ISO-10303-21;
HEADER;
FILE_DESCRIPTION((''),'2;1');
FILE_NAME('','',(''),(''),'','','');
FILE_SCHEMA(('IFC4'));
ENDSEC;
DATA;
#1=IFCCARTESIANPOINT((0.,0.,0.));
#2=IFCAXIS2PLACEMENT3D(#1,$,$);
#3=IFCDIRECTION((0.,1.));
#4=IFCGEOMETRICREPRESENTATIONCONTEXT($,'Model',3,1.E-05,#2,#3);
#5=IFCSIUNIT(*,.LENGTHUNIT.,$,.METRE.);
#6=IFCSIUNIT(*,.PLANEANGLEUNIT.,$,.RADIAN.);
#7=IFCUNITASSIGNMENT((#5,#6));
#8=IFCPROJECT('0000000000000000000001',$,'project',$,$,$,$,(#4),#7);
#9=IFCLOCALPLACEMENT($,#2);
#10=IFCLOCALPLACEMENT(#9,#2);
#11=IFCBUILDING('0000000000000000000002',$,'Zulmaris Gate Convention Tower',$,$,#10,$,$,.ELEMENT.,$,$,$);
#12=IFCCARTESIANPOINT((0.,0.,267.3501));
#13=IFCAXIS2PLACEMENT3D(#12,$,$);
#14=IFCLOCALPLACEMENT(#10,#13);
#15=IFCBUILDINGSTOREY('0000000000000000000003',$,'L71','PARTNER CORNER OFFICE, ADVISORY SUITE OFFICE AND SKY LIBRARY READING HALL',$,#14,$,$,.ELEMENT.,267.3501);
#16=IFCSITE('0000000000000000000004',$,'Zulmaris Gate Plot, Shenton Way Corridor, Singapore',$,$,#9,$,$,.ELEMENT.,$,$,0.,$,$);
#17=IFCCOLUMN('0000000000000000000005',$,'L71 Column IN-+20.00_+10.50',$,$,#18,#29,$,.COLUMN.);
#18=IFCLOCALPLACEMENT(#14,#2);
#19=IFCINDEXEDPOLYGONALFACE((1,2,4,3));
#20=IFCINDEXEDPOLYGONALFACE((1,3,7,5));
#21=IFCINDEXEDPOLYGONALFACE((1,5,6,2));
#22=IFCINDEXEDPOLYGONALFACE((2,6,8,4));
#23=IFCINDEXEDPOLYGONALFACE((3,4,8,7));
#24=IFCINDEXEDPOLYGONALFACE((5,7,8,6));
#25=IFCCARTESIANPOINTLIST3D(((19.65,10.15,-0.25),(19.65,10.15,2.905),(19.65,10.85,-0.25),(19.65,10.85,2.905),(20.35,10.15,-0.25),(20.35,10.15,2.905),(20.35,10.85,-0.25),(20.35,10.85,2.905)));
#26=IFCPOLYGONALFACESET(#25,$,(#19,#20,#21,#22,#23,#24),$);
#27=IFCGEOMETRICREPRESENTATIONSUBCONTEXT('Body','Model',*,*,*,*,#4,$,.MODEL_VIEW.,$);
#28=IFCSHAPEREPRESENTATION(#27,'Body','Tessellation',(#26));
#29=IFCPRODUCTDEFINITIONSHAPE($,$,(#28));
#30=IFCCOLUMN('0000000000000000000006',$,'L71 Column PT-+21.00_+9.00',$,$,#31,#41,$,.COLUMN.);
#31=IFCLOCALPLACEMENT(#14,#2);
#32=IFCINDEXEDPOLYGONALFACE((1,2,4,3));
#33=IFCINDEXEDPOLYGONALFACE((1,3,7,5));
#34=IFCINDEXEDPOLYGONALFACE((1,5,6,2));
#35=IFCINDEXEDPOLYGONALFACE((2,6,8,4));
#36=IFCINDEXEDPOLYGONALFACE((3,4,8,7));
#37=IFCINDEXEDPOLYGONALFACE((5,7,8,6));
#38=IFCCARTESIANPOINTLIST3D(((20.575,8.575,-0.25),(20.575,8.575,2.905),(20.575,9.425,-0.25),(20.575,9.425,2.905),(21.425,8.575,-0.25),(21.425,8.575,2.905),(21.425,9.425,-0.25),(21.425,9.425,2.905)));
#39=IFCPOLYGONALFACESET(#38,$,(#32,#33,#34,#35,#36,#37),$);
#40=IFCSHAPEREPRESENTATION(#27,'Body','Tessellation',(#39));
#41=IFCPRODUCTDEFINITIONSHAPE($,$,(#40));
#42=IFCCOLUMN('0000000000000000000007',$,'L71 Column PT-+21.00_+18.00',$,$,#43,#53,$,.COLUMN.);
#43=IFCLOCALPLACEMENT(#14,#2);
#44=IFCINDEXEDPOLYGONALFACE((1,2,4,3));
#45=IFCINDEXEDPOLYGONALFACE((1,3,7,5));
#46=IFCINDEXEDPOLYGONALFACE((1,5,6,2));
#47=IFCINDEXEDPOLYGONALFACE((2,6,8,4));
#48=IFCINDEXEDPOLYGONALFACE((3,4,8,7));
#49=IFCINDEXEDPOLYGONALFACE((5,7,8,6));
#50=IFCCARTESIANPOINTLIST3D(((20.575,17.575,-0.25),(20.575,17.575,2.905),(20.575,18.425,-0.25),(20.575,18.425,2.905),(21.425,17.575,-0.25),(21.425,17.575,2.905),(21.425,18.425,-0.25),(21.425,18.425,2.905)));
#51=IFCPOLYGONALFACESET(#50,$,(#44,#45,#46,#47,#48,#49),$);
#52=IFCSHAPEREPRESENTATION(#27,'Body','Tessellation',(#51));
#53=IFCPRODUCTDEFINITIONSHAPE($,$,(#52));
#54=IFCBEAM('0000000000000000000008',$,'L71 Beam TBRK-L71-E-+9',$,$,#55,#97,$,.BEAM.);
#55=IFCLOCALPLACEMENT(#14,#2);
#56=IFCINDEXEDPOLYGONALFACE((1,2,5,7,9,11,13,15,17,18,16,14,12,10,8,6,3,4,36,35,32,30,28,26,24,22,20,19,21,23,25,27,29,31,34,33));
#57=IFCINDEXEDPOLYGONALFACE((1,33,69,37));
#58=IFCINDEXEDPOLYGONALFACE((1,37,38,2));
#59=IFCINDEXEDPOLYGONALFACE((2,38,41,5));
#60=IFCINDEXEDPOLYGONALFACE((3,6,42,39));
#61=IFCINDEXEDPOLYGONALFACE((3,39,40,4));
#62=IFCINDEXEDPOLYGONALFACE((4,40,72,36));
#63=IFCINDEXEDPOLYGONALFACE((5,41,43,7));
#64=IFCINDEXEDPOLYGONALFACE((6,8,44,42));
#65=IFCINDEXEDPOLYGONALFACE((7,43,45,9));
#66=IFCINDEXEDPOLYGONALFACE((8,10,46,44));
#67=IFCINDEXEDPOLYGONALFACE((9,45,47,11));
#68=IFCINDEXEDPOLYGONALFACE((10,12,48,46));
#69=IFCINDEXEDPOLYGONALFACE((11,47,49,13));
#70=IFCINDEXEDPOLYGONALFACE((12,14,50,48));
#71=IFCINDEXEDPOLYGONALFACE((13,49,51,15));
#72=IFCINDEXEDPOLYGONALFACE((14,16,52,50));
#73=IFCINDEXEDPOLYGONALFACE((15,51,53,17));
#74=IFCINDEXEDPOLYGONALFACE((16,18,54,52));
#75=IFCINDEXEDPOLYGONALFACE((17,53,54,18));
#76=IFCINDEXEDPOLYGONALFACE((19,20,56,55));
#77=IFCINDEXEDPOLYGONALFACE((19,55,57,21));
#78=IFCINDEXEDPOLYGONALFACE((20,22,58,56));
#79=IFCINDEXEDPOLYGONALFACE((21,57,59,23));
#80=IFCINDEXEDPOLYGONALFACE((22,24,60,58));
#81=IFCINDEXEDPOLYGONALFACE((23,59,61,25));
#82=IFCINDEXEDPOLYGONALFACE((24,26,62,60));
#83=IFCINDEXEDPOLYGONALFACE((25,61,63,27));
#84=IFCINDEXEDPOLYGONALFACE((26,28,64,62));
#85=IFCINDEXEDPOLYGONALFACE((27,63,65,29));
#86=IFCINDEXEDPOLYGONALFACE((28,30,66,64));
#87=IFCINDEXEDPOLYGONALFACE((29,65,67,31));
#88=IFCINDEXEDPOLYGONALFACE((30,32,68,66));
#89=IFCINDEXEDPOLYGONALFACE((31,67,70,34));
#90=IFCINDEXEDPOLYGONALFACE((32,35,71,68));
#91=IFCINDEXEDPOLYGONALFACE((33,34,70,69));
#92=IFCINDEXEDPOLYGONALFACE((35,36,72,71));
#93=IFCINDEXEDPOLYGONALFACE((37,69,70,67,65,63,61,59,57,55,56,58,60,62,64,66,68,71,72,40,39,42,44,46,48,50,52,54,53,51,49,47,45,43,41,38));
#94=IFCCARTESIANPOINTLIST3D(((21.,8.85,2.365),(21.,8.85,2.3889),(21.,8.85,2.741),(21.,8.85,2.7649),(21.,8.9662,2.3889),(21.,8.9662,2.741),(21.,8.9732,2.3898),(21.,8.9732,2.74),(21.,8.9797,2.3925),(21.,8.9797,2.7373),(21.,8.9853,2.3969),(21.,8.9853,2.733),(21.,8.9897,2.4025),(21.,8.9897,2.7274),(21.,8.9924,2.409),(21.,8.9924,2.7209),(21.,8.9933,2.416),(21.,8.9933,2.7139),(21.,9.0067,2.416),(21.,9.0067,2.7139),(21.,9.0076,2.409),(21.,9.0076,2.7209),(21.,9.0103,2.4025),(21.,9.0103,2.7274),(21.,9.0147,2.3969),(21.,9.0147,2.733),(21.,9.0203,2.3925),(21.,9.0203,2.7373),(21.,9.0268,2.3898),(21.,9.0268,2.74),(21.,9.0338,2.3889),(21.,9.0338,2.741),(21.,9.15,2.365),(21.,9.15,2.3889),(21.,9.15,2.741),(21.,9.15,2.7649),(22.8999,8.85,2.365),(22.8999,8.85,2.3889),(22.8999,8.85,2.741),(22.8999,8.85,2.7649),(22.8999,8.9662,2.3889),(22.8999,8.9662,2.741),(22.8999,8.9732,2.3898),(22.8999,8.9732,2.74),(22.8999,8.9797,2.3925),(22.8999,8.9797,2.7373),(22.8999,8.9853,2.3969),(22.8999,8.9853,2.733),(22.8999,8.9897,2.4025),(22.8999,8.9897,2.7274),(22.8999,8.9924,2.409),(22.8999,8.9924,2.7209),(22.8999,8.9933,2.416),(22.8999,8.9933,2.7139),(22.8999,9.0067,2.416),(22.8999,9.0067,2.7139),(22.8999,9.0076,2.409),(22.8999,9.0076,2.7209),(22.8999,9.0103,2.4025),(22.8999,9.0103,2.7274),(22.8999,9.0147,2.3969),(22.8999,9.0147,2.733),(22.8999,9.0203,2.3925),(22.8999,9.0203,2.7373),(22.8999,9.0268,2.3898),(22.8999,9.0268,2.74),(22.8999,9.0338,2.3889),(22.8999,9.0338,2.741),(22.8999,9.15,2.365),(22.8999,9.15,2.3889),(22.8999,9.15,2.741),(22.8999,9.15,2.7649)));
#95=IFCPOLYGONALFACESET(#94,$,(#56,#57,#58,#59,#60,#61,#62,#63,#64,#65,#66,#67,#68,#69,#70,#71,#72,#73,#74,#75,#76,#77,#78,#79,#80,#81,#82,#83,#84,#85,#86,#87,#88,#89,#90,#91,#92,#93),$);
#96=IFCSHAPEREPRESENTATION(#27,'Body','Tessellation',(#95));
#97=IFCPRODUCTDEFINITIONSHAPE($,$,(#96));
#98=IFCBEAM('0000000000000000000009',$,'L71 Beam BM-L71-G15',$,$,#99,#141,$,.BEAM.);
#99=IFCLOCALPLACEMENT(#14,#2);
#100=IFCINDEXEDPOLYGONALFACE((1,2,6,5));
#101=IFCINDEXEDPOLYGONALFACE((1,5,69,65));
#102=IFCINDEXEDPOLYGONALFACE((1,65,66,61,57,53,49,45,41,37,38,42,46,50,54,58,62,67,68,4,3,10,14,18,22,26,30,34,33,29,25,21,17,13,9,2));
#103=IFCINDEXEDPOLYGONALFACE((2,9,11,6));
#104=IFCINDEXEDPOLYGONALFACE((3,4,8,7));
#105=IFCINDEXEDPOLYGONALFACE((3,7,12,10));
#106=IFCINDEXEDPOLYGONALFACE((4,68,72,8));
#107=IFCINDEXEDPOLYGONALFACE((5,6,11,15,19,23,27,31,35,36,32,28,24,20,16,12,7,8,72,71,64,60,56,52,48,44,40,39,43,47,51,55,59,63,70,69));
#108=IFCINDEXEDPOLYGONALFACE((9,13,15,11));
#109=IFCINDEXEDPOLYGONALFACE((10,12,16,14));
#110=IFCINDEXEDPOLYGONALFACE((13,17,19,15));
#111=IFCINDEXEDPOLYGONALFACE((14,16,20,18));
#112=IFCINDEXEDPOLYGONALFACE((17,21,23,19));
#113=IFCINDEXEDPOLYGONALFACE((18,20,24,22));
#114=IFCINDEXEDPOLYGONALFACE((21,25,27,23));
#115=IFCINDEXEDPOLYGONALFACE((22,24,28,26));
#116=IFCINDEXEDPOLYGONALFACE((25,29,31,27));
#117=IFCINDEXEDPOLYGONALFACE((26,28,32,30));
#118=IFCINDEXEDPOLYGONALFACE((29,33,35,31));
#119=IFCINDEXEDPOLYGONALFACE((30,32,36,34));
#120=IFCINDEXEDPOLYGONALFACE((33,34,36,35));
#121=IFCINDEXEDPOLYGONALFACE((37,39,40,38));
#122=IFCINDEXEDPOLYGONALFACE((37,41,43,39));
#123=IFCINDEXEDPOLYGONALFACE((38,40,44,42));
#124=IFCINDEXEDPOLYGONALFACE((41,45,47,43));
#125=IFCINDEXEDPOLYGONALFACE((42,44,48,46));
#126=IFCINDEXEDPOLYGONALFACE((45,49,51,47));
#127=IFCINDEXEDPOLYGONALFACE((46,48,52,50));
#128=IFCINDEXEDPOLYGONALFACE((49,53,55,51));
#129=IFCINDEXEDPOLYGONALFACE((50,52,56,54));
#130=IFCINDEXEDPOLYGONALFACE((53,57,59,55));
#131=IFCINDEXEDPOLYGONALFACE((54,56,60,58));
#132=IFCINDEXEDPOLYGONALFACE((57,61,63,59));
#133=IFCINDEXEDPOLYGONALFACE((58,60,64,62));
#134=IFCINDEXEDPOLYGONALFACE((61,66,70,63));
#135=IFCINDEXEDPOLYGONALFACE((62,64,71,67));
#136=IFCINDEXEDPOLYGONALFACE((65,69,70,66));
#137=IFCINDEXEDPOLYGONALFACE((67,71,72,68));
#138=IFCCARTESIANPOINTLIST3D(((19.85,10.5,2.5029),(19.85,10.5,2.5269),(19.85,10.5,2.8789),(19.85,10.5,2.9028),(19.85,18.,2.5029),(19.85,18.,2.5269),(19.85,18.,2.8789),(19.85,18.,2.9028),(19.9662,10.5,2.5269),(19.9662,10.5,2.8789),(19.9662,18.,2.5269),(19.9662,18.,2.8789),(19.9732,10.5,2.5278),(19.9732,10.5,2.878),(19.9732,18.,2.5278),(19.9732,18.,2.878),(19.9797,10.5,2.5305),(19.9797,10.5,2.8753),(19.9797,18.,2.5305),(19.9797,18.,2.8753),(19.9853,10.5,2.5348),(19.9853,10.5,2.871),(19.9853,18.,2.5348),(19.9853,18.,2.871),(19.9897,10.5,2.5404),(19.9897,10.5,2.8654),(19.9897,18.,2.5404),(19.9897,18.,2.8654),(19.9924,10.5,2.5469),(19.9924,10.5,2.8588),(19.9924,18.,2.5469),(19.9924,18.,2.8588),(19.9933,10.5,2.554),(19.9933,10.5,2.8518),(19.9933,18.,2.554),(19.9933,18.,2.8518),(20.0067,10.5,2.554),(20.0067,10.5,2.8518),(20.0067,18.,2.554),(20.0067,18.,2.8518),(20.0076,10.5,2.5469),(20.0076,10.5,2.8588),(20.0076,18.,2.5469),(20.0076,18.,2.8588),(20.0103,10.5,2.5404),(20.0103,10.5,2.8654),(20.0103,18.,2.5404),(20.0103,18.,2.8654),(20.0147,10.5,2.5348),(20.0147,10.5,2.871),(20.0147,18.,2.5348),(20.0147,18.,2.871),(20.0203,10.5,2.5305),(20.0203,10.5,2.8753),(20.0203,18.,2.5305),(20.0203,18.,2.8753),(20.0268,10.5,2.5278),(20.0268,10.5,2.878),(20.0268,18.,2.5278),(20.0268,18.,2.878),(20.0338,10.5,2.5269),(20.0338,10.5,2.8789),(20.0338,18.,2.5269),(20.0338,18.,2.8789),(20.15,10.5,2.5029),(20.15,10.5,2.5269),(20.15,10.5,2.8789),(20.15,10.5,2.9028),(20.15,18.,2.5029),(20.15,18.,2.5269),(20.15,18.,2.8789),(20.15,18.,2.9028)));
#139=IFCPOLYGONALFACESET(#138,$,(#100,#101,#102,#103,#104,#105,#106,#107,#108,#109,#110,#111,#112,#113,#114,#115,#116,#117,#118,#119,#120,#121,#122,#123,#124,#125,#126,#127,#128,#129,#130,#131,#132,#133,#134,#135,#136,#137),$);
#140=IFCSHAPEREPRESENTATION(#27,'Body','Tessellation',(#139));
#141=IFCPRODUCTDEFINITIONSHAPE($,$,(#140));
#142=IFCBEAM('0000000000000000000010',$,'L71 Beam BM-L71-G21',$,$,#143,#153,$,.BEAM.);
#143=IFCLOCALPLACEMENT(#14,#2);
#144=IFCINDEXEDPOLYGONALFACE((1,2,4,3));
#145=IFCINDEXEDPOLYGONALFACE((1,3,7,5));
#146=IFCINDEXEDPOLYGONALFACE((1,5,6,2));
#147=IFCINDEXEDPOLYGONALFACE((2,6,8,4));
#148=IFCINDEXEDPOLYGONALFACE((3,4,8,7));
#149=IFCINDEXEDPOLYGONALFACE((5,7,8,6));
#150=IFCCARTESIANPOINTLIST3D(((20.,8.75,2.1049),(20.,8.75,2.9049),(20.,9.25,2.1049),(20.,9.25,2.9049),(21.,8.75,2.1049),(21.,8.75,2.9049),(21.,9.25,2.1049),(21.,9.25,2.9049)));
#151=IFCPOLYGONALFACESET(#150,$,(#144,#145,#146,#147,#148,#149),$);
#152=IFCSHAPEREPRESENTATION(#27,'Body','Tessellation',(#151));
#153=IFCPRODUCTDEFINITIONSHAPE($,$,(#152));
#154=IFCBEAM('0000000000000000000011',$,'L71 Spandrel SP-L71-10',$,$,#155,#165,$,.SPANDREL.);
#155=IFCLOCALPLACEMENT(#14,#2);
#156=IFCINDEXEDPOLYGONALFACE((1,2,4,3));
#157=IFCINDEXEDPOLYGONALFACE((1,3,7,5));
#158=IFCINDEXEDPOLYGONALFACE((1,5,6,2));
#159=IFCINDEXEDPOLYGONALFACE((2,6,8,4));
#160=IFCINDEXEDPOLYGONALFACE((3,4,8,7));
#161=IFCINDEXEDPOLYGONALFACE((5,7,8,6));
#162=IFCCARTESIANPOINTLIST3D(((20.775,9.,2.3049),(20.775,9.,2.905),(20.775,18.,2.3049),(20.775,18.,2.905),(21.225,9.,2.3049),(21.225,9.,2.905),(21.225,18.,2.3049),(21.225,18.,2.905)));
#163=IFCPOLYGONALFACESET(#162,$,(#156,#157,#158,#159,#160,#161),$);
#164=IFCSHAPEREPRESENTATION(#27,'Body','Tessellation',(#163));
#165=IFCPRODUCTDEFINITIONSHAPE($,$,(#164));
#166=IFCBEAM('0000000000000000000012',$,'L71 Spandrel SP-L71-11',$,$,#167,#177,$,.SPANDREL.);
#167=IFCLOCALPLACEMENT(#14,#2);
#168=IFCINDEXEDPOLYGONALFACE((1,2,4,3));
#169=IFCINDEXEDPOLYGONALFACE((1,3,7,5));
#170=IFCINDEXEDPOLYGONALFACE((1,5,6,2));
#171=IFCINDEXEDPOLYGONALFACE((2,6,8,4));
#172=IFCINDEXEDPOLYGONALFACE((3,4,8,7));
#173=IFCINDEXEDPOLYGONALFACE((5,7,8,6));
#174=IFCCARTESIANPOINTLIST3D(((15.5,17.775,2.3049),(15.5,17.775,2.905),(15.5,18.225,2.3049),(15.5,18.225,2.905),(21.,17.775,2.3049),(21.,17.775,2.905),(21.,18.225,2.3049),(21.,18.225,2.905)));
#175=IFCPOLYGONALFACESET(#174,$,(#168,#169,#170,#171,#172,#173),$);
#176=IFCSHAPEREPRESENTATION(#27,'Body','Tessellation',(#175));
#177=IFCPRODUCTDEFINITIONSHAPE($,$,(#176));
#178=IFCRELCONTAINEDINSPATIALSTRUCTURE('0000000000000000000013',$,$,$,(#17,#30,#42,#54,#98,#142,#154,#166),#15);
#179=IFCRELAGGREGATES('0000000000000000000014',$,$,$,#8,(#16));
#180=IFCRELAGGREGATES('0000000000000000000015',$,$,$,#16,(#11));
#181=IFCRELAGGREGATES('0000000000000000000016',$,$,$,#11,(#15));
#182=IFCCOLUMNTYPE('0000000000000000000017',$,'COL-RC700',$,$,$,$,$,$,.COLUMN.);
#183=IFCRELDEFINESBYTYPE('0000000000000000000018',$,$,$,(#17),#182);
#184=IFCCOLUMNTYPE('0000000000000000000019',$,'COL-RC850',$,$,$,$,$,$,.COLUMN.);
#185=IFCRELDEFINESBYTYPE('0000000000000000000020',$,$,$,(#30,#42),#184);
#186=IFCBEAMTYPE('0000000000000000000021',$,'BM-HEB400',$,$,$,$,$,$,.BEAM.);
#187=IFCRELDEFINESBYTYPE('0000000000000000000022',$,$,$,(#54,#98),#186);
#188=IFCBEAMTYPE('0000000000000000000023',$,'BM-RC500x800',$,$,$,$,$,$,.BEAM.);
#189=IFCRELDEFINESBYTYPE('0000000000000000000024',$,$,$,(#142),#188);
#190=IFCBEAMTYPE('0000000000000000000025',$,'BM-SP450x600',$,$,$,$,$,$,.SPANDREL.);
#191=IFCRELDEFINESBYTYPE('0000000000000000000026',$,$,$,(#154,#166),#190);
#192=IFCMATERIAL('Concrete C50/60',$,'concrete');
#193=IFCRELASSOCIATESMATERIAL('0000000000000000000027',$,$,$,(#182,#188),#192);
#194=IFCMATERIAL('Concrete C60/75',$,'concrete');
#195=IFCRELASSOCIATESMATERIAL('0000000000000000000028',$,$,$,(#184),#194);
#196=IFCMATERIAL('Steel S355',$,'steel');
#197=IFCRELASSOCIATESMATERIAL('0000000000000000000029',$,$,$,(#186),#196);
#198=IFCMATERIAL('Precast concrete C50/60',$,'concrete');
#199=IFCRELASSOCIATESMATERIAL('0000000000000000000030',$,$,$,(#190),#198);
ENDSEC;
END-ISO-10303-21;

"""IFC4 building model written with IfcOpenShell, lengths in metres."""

from ifc_helpers import new_model, si_unit, direction, frame, origin, origin_2d, place, context, subcontext, project, spatial, rectangle, i_section, extrude, material, material_profile, profile_set, type_object, element, save


model = new_model("IFC4")

# Units and contexts
model_context = context("Model", 3, precision=1e-05, world=origin(), true_north=direction((0.0, 1.0)))
body_context = subcontext(model_context, "Body", "Model", "MODEL_VIEW")
ifc_project = project(units=[si_unit("LENGTHUNIT", "METRE"), si_unit("PLANEANGLEUNIT", "RADIAN")], contexts=[model_context])

# Site, building, storey
site_placement = place(None, origin())
site = spatial("IfcSite", under=ifc_project, at=site_placement, Name="Zulmaris Gate Plot, Shenton Way Corridor, Singapore", CompositionType="ELEMENT", RefElevation=0.0)
building_placement = place(site_placement, origin())
building = spatial("IfcBuilding", under=site, at=building_placement, Name="Zulmaris Gate Convention Tower", CompositionType="ELEMENT")
storey_placement = place(building_placement, frame((0.0, 0.0, 267.3501)))
storey = spatial("IfcBuildingStorey", under=building, at=storey_placement, Name="L71", Description="PARTNER CORNER OFFICE, ADVISORY SUITE OFFICE AND SKY LIBRARY READING HALL", CompositionType="ELEMENT", Elevation=267.3501)

# Columns
ifc_material_1 = material(Name="Concrete C50/60", Category="concrete")
ifc_material_profile_1 = material_profile(ifc_material_1, rectangle(XDim=0.7, YDim=0.7, at=origin_2d()), Name="RC COL 700x700")
ifc_profile_set_1 = profile_set([ifc_material_profile_1], Name="Concrete C50/60")
column_type_1 = type_object("IfcColumnType", Name="COL-RC700", PredefinedType="COLUMN", material=ifc_profile_set_1)
column_placement = place(storey_placement, frame((20.0, 10.5, -0.25), z_axis=(0.0, 0.0, 1.0), x_axis=(1.0, 0.0, 0.0)))
element("IfcColumn", 1, at=column_placement, inside=storey, type_object=column_type_1, Name="L71 Column IN-+20.00_+10.50", PredefinedType="COLUMN", context=body_context, shape_type="SweptSolid", body=[
    extrude(rectangle(XDim=0.7, YDim=0.7, at=origin_2d()), origin(), (0.0, 0.0, 1.0), 3.155),
])
ifc_material_2 = material(Name="Concrete C60/75", Category="concrete")
ifc_material_profile_2 = material_profile(ifc_material_2, rectangle(XDim=0.8501, YDim=0.8501, at=origin_2d()), Name="RC COL 850x850")
ifc_profile_set_2 = profile_set([ifc_material_profile_2], Name="Concrete C60/75")
column_type_2 = type_object("IfcColumnType", Name="COL-RC850", PredefinedType="COLUMN", material=ifc_profile_set_2)
for number, where, z_axis, x_axis, name in (
    (2, (21.0, 9.0, -0.25), (0.0, 0.0, 1.0), (1.0, 0.0, 0.0), "L71 Column PT-+21.00_+9.00"),
    (3, (21.0, 18.0, -0.25), (0.0, 0.0, 1.0), (1.0, 0.0, 0.0), "L71 Column PT-+21.00_+18.00"),
):
    element("IfcColumn", number, at=place(storey_placement, frame(where, z_axis=z_axis, x_axis=x_axis)), inside=storey, type_object=column_type_2, Name=name, PredefinedType="COLUMN", context=body_context, shape_type="SweptSolid", body=[
        extrude(rectangle(XDim=0.8501, YDim=0.8501, at=origin_2d()), origin(), (0.0, 0.0, 1.0), 3.155),
    ])

# Beams
ifc_material_3 = material(Name="Steel S355", Category="steel")
ifc_material_profile_3 = material_profile(ifc_material_3, i_section(OverallWidth=0.3, OverallDepth=0.3999, WebThickness=0.0134, FlangeThickness=0.0239, FilletRadius=0.0271, at=origin_2d()), Name="HEB 400")
ifc_profile_set_3 = profile_set([ifc_material_profile_3], Name="Steel S355")
beam_type_1 = type_object("IfcBeamType", Name="BM-HEB400", PredefinedType="BEAM", material=ifc_profile_set_3)
beam_1_placement = place(storey_placement, frame((21.0, 9.0, 2.5649), z_axis=(1.0, 0.0, 0.0), x_axis=(0.0, 1.0, 0.0)))
element("IfcBeam", 4, at=beam_1_placement, inside=storey, type_object=beam_type_1, Name="L71 Beam TBRK-L71-E-+9", PredefinedType="BEAM", context=body_context, shape_type="SweptSolid", body=[
    extrude(i_section(OverallWidth=0.3, OverallDepth=0.3999, WebThickness=0.0134, FlangeThickness=0.0239, FilletRadius=0.0271, at=origin_2d()), origin(), (0.0, 0.0, 1.0), 1.8999),
])
beam_2_placement = place(storey_placement, frame((20.0, 10.5, 2.7029), z_axis=(0.0, 1.0, 0.0), x_axis=(-1.0, 0.0, 0.0)))
element("IfcBeam", 5, at=beam_2_placement, inside=storey, type_object=beam_type_1, Name="L71 Beam BM-L71-G15", PredefinedType="BEAM", context=body_context, shape_type="SweptSolid", body=[
    extrude(i_section(OverallWidth=0.3, OverallDepth=0.3999, WebThickness=0.0134, FlangeThickness=0.0239, FilletRadius=0.0271, at=origin_2d()), origin(), (0.0, 0.0, 1.0), 7.5),
])
ifc_material_profile_4 = material_profile(ifc_material_1, rectangle(XDim=0.5, YDim=0.8, at=origin_2d()), Name="RC BEAM 500x800")
ifc_profile_set_4 = profile_set([ifc_material_profile_4], Name="Concrete C50/60")
beam_type_2 = type_object("IfcBeamType", Name="BM-RC500x800", PredefinedType="BEAM", material=ifc_profile_set_4)
beam_3_placement = place(storey_placement, frame((20.0, 9.0, 2.5049), z_axis=(1.0, 0.0, 0.0), x_axis=(0.0, 1.0, 0.0)))
element("IfcBeam", 6, at=beam_3_placement, inside=storey, type_object=beam_type_2, Name="L71 Beam BM-L71-G21", PredefinedType="BEAM", context=body_context, shape_type="SweptSolid", body=[
    extrude(rectangle(XDim=0.5, YDim=0.8, at=origin_2d()), origin(), (0.0, 0.0, 1.0), 1.0),
])
ifc_material_4 = material(Name="Precast concrete C50/60", Category="concrete")
ifc_material_profile_5 = material_profile(ifc_material_4, rectangle(XDim=0.45, YDim=0.6001, at=origin_2d()), Name="RC SPANDREL 450x600")
ifc_profile_set_5 = profile_set([ifc_material_profile_5], Name="Precast concrete C50/60")
beam_type_3 = type_object("IfcBeamType", Name="BM-SP450x600", PredefinedType="SPANDREL", material=ifc_profile_set_5)
beam_4_placement = place(storey_placement, frame((21.0, 9.0, 2.605), z_axis=(0.0, 1.0, 0.0), x_axis=(-1.0, 0.0, 0.0)))
element("IfcBeam", 7, at=beam_4_placement, inside=storey, type_object=beam_type_3, Name="L71 Spandrel SP-L71-10", PredefinedType="SPANDREL", context=body_context, shape_type="SweptSolid", body=[
    extrude(rectangle(XDim=0.45, YDim=0.6001, at=origin_2d()), origin(), (0.0, 0.0, 1.0), 9.0),
])
beam_5_placement = place(storey_placement, frame((21.0, 18.0, 2.605), z_axis=(-1.0, 0.0, 0.0), x_axis=(0.0, -1.0, 0.0)))
element("IfcBeam", 8, at=beam_5_placement, inside=storey, type_object=beam_type_3, Name="L71 Spandrel SP-L71-11", PredefinedType="SPANDREL", context=body_context, shape_type="SweptSolid", body=[
    extrude(rectangle(XDim=0.45, YDim=0.6001, at=origin_2d()), origin(), (0.0, 0.0, 1.0), 5.5),
])

save(model, "model.ifc")
